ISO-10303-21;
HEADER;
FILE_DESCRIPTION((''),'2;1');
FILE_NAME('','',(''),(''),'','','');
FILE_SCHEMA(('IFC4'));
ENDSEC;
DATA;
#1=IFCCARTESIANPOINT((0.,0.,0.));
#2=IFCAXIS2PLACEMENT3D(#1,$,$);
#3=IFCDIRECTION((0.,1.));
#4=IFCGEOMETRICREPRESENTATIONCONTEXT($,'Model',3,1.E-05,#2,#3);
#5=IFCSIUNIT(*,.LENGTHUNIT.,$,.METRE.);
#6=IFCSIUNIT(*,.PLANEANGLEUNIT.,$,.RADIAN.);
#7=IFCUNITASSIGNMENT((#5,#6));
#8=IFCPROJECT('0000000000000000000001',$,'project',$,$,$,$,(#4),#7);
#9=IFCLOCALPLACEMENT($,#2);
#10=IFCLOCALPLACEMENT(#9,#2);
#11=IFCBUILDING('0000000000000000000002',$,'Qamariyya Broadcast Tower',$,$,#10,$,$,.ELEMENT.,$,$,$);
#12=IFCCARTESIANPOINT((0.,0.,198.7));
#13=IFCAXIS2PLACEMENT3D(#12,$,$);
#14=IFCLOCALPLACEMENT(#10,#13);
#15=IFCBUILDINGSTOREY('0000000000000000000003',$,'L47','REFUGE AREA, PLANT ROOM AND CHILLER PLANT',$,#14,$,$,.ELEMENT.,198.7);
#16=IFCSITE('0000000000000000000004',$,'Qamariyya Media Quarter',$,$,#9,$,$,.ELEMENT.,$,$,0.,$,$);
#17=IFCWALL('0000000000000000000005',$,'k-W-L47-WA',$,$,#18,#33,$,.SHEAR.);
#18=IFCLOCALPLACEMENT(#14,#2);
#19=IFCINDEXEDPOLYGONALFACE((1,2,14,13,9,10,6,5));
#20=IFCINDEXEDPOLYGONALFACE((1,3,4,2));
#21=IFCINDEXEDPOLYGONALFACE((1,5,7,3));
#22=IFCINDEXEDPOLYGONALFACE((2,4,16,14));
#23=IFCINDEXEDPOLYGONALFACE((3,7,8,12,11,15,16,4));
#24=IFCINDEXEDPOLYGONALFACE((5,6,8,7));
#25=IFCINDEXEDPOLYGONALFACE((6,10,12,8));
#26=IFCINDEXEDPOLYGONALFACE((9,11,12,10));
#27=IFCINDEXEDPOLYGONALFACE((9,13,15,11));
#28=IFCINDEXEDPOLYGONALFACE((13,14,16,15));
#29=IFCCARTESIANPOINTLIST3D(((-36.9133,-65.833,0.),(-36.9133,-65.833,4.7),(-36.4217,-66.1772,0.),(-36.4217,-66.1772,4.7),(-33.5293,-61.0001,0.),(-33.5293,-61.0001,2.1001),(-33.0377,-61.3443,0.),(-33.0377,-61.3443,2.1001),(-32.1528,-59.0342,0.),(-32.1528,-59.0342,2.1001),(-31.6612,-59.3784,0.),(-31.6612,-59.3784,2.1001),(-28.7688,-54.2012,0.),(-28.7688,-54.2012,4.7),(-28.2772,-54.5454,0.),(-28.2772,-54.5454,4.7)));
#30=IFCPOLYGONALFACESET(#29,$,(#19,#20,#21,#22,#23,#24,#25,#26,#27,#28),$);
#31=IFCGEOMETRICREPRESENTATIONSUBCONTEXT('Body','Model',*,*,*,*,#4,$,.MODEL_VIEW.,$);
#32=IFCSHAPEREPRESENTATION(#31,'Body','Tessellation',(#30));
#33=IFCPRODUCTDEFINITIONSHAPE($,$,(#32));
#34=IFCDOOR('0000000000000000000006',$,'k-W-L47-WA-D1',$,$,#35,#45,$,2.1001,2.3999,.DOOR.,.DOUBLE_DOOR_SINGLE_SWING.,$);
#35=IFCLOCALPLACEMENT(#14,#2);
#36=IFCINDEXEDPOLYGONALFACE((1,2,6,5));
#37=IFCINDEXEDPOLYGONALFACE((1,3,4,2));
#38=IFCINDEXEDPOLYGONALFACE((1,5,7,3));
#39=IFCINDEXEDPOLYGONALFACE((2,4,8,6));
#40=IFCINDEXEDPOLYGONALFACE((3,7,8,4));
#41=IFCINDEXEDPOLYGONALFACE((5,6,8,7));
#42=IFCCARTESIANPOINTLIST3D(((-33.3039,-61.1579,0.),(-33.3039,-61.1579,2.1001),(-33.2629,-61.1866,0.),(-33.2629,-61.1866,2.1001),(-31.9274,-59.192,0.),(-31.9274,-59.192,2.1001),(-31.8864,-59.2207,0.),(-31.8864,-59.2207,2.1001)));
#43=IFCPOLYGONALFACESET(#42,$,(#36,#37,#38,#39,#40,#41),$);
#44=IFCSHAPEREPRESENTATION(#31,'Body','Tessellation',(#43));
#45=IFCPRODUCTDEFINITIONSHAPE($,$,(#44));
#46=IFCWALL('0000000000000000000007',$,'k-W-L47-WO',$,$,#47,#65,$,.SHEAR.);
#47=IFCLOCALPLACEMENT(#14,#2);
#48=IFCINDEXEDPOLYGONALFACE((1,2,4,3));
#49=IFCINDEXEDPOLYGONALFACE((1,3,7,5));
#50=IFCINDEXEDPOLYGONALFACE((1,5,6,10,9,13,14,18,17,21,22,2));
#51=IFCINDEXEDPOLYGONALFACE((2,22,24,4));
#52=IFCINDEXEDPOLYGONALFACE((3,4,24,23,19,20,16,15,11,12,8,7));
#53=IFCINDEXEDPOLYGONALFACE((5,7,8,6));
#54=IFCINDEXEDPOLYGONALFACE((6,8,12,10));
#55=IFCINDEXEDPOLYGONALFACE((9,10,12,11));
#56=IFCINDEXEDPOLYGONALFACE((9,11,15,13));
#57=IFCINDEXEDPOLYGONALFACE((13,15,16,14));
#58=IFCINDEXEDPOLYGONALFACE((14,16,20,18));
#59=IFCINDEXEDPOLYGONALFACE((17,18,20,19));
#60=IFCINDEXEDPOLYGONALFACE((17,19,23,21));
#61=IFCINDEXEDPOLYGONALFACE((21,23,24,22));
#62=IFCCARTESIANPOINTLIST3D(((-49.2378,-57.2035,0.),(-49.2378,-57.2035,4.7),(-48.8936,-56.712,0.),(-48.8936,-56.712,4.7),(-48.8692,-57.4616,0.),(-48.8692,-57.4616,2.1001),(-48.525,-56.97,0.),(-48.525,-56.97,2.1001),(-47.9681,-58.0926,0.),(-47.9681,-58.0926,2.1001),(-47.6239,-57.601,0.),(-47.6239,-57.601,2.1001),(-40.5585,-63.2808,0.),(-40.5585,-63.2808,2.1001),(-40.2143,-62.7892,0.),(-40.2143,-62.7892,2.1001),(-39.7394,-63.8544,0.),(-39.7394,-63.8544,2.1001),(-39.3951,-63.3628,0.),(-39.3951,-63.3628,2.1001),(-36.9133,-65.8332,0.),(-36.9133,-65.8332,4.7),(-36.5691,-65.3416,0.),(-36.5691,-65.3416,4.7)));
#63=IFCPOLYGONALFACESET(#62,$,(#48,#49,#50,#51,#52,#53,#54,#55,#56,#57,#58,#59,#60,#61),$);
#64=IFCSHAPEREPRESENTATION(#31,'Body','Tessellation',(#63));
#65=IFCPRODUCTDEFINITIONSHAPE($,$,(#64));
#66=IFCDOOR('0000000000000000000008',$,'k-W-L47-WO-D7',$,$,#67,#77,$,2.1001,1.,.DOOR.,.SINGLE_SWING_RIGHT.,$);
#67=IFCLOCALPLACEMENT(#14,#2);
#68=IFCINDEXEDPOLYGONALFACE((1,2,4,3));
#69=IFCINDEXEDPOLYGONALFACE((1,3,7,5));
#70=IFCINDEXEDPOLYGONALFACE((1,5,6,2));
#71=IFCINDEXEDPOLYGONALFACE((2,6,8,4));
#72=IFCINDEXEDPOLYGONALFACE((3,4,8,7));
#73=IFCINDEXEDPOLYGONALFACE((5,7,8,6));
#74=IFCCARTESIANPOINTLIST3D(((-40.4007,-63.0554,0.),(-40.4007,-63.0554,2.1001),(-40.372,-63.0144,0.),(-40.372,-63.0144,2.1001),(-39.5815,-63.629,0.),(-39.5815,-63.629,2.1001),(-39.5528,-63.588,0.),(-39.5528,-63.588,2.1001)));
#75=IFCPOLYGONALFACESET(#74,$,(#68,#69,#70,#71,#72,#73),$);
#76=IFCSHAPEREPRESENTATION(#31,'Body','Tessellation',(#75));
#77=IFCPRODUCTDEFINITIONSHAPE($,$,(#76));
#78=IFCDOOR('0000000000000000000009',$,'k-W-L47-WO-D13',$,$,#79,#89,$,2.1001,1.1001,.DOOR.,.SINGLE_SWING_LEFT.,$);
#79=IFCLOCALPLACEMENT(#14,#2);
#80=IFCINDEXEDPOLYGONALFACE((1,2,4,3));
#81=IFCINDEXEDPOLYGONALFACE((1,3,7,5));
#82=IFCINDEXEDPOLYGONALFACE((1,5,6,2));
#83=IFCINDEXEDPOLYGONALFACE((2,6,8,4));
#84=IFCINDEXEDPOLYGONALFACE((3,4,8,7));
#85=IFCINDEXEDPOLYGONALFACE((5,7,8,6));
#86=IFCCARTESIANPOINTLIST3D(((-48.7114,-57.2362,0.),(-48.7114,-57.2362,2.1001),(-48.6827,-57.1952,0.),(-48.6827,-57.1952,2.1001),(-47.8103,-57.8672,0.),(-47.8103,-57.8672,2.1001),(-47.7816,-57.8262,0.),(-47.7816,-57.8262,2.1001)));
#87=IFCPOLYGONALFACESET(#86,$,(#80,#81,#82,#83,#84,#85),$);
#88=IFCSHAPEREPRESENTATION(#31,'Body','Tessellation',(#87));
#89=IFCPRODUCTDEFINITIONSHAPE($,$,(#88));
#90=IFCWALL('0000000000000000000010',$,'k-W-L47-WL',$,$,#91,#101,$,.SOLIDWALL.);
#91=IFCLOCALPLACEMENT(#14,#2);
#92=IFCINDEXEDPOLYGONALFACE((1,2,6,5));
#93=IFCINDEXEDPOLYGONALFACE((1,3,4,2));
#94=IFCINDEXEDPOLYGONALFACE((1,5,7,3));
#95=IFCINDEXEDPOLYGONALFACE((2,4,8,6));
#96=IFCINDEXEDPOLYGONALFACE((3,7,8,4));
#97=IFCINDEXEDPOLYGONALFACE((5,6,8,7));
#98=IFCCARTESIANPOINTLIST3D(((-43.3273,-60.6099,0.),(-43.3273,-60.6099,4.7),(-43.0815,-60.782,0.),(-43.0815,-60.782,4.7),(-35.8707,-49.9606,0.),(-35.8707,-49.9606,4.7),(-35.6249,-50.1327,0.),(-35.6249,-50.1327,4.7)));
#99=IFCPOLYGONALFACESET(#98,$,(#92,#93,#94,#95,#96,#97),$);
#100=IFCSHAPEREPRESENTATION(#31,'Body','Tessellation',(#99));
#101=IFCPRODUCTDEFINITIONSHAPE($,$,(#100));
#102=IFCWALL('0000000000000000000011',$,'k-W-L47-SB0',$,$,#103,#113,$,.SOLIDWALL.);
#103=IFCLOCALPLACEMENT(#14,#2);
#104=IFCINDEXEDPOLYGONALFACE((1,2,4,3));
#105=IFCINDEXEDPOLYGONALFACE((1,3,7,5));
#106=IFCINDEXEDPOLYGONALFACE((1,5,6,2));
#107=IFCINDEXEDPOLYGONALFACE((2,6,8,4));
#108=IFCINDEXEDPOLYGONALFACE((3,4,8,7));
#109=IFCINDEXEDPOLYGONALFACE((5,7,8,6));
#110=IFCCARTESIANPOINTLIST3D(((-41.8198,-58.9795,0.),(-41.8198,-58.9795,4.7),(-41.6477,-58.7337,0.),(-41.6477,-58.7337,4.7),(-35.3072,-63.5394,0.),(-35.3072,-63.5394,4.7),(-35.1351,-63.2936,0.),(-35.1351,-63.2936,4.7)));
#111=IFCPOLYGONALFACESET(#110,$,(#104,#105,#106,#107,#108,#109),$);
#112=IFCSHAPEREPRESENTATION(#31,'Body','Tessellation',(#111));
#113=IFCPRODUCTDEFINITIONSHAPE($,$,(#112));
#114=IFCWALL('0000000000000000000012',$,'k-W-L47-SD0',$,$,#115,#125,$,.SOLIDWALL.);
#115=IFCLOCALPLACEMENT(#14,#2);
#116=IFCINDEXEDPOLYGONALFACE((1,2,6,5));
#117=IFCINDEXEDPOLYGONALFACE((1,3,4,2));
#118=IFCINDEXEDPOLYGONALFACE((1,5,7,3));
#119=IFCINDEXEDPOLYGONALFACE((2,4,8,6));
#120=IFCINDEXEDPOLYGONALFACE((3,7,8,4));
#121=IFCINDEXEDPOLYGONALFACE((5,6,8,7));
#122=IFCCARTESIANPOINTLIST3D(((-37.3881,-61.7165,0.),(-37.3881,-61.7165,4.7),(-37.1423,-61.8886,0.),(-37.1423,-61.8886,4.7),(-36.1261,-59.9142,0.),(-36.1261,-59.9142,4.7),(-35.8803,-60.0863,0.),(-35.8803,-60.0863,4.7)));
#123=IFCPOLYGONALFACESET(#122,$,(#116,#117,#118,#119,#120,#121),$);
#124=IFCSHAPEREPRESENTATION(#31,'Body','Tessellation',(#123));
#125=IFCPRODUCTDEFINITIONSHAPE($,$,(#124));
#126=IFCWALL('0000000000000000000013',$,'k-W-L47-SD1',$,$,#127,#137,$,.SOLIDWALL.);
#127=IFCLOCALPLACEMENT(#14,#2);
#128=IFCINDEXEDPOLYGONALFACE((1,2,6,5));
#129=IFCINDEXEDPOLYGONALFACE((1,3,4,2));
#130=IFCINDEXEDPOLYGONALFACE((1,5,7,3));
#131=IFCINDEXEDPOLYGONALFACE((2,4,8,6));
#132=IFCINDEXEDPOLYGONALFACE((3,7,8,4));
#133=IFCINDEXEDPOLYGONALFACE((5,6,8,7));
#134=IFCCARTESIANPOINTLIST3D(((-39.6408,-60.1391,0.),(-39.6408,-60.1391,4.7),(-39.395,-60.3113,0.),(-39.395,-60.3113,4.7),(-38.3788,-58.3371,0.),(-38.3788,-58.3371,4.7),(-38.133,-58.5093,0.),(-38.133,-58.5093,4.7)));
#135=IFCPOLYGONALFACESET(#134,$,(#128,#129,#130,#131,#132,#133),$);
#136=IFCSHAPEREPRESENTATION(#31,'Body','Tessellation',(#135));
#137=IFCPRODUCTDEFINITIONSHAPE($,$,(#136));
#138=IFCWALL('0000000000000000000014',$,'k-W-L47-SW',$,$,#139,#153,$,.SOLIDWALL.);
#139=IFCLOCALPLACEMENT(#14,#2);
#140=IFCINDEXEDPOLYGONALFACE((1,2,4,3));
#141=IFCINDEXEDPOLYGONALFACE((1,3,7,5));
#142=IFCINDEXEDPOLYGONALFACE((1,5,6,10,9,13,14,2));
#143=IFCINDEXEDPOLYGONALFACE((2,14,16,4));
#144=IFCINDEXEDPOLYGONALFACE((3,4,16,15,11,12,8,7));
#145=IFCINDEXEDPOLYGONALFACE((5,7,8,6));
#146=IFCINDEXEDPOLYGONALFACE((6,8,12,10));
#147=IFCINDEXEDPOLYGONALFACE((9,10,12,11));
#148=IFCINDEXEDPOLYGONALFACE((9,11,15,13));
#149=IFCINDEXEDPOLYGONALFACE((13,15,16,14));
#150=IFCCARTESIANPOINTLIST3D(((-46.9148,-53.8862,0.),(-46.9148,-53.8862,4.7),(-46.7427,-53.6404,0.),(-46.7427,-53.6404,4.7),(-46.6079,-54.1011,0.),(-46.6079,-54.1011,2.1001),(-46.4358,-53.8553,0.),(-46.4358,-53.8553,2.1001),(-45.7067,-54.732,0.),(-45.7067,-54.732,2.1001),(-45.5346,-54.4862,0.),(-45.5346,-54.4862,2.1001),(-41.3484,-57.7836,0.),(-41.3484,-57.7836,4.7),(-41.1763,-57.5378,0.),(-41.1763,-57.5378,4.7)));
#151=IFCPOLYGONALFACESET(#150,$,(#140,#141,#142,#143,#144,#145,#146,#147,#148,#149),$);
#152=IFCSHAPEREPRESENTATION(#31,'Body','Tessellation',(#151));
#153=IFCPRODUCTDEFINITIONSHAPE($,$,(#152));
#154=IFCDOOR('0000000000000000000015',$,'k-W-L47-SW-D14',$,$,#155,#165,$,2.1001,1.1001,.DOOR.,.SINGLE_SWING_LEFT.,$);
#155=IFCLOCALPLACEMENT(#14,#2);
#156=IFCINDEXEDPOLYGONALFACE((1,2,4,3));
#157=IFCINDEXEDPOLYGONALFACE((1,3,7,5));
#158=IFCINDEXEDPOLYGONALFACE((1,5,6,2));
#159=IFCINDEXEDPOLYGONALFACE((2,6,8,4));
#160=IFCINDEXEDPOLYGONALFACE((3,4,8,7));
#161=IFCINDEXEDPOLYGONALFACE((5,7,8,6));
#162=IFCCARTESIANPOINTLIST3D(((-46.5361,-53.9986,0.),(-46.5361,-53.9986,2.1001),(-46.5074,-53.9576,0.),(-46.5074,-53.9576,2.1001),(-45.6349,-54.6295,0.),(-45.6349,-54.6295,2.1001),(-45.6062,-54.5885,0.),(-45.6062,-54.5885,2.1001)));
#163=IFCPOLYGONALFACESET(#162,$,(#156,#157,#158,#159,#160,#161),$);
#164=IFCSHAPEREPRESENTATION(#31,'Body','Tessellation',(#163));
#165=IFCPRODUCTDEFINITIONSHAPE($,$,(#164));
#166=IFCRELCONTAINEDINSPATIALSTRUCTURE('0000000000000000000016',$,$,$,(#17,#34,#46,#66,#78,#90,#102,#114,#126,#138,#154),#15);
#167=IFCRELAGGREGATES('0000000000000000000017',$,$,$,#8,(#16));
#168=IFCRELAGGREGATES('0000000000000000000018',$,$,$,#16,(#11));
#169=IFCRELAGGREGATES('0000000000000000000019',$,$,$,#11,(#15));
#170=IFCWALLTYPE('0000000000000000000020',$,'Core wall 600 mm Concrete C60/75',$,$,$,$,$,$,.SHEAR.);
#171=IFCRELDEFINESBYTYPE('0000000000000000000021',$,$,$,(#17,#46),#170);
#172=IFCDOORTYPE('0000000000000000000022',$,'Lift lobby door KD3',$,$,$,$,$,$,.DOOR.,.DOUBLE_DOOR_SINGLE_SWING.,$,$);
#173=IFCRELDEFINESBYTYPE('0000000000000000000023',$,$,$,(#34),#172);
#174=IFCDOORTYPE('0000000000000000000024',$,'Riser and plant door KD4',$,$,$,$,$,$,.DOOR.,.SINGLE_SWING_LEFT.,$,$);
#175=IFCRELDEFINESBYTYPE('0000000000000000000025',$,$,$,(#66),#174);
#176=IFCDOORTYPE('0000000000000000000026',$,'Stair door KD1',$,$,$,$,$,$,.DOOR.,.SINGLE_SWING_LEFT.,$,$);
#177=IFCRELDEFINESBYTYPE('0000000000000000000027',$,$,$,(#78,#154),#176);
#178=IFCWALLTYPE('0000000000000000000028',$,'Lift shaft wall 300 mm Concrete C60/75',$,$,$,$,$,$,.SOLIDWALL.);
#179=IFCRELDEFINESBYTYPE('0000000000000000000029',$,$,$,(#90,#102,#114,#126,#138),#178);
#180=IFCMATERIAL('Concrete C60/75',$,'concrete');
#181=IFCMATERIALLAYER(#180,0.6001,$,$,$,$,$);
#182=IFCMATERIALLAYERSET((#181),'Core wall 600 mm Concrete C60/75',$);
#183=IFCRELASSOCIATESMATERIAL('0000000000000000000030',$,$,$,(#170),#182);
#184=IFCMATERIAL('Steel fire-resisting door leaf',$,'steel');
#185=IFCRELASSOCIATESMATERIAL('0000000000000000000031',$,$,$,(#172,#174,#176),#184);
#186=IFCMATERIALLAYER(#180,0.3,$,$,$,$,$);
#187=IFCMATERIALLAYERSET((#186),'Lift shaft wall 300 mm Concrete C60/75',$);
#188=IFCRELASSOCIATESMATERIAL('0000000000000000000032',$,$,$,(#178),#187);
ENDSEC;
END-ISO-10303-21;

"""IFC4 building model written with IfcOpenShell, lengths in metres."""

from ifc_helpers import new_model, si_unit, direction, frame, frame_2d, origin, place, context, subcontext, project, spatial, rectangle, extrude, material, layer, layer_set, type_object, element, fill, save


model = new_model("IFC4")

# Units and contexts
model_context = context("Model", 3, precision=1e-05, world=origin(), true_north=direction((0.0, 1.0)))
body_context = subcontext(model_context, "Body", "Model", "MODEL_VIEW")
ifc_project = project(units=[si_unit("LENGTHUNIT", "METRE"), si_unit("PLANEANGLEUNIT", "RADIAN")], contexts=[model_context])

# Site, building, storey
site_placement = place(None, origin())
site = spatial("IfcSite", under=ifc_project, at=site_placement, Name="Qamariyya Media Quarter", CompositionType="ELEMENT", RefElevation=0.0)
building_placement = place(site_placement, origin())
building = spatial("IfcBuilding", under=site, at=building_placement, Name="Qamariyya Broadcast Tower", CompositionType="ELEMENT")
storey_placement = place(building_placement, frame((0.0, 0.0, 198.7)))
storey = spatial("IfcBuildingStorey", under=building, at=storey_placement, Name="L47", Description="REFUGE AREA, PLANT ROOM AND CHILLER PLANT", CompositionType="ELEMENT", Elevation=198.7)

# Shared definitions
ifc_material_1 = material(Name="Concrete C60/75", Category="concrete")

# Wall, opening, door
ifc_layer_1 = layer(ifc_material_1, 0.6001)
ifc_layer_set_1 = layer_set([ifc_layer_1], Name="Core wall 600 mm Concrete C60/75")
wall_type_1 = type_object("IfcWallType", Name="Core wall 600 mm Concrete C60/75", PredefinedType="SHEAR", material=ifc_layer_set_1)
wall_1_placement = place(storey_placement, frame((-36.6675, -66.0051, 0.0), z_axis=(0.0, 0.0, 1.0), x_axis=(0.573568, 0.819158, 0.0)))
wall_1 = element("IfcWall", 1, at=wall_1_placement, inside=storey, type_object=wall_type_1, Name="k-W-L47-WA", PredefinedType="SHEAR", context=body_context, shape_type="SweptSolid", body=[
    extrude(rectangle(XDim=14.1997, YDim=0.6001, at=frame_2d((7.0999, 0.0))), origin(), (0.0, 0.0, 1.0), 4.7),
])
opening_1_placement = place(wall_1_placement, frame((5.8999, 0.0, 0.0)))
opening_1 = element("IfcOpeningElement", 2, at=opening_1_placement, cuts=wall_1, PredefinedType="OPENING", context=body_context, shape_type="SweptSolid", body=[
    extrude(rectangle(XDim=2.3999, YDim=2.1001, at=frame_2d((1.2, 1.05))), frame((0.0, 0.3101, 0.0), z_axis=(0.0, -1.0, 0.0), x_axis=(1.0, 0.0, 0.0)), (0.0, 0.0, 1.0), 0.6201),
])
ifc_material_2 = material(Name="Steel fire-resisting door leaf", Category="steel")
door_type_1 = type_object("IfcDoorType", Name="Lift lobby door KD3", OperationType="DOUBLE_DOOR_SINGLE_SWING", PredefinedType="DOOR", material=ifc_material_2)
door_1_placement = place(opening_1_placement, origin())
door_1 = element("IfcDoor", 3, at=door_1_placement, inside=storey, type_object=door_type_1, Name="k-W-L47-WA-D1", OperationType="DOUBLE_DOOR_SINGLE_SWING", OverallHeight=2.1001, OverallWidth=2.3999, PredefinedType="DOOR", context=body_context, shape_type="SweptSolid", body=[
    extrude(rectangle(XDim=2.3999, YDim=2.1001, at=frame_2d((1.2, 1.05))), frame((0.0, 0.0249, 0.0), z_axis=(0.0, -1.0, 0.0), x_axis=(1.0, 0.0, 0.0)), (0.0, 0.0, 1.0), 0.05),
])
fill(opening_1, door_1)

# Wall, openings, doors
wall_2_placement = place(storey_placement, frame((-36.7412, -65.5874, 0.0), z_axis=(0.0, 0.0, 1.0), x_axis=(-0.819153, 0.573575, 0.0)))
wall_2 = element("IfcWall", 4, at=wall_2_placement, inside=storey, type_object=wall_type_1, Name="k-W-L47-WO", PredefinedType="SHEAR", context=body_context, shape_type="SweptSolid", body=[
    extrude(rectangle(XDim=15.0454, YDim=0.6001, at=frame_2d((7.5227, 0.0))), origin(), (0.0, 0.0, 1.0), 4.7),
])
opening_2_placement = place(wall_2_placement, frame((3.45, 0.0, 0.0)))
opening_2 = element("IfcOpeningElement", 5, at=opening_2_placement, cuts=wall_2, PredefinedType="OPENING", context=body_context, shape_type="SweptSolid", body=[
    extrude(rectangle(XDim=1.0, YDim=2.1001, at=frame_2d((0.5, 1.05))), frame((0.0, 0.3101, 0.0), z_axis=(0.0, -1.0, 0.0), x_axis=(1.0, 0.0, 0.0)), (0.0, 0.0, 1.0), 0.6201),
])
opening_3_placement = place(wall_2_placement, frame((13.4954, 0.0, 0.0)))
opening_3 = element("IfcOpeningElement", 6, at=opening_3_placement, cuts=wall_2, PredefinedType="OPENING", context=body_context, shape_type="SweptSolid", body=[
    extrude(rectangle(XDim=1.1001, YDim=2.1001, at=frame_2d((0.55, 1.05))), frame((0.0, 0.3101, 0.0), z_axis=(0.0, -1.0, 0.0), x_axis=(1.0, 0.0, 0.0)), (0.0, 0.0, 1.0), 0.6201),
])
door_type_2 = type_object("IfcDoorType", Name="Riser and plant door KD4", OperationType="SINGLE_SWING_LEFT", PredefinedType="DOOR", material=ifc_material_2)
door_2_placement = place(opening_2_placement, origin())
door_2 = element("IfcDoor", 7, at=door_2_placement, inside=storey, type_object=door_type_2, Name="k-W-L47-WO-D7", OperationType="SINGLE_SWING_RIGHT", OverallHeight=2.1001, OverallWidth=1.0, PredefinedType="DOOR", context=body_context, shape_type="SweptSolid", body=[
    extrude(rectangle(XDim=1.0, YDim=2.1001, at=frame_2d((0.5, 1.05))), frame((0.0, 0.0249, 0.0), z_axis=(0.0, -1.0, 0.0), x_axis=(1.0, 0.0, 0.0)), (0.0, 0.0, 1.0), 0.05),
])
fill(opening_2, door_2)
door_type_3 = type_object("IfcDoorType", Name="Stair door KD1", OperationType="SINGLE_SWING_LEFT", PredefinedType="DOOR", material=ifc_material_2)
door_3_placement = place(opening_3_placement, origin())
door_3 = element("IfcDoor", 8, at=door_3_placement, inside=storey, type_object=door_type_3, Name="k-W-L47-WO-D13", OperationType="SINGLE_SWING_LEFT", OverallHeight=2.1001, OverallWidth=1.1001, PredefinedType="DOOR", context=body_context, shape_type="SweptSolid", body=[
    extrude(rectangle(XDim=1.1001, YDim=2.1001, at=frame_2d((0.55, 1.05))), frame((0.0, 0.0249, 0.0), z_axis=(0.0, -1.0, 0.0), x_axis=(1.0, 0.0, 0.0)), (0.0, 0.0, 1.0), 0.05),
])
fill(opening_3, door_3)

# Walls
ifc_layer_2 = layer(ifc_material_1, 0.3)
ifc_layer_set_2 = layer_set([ifc_layer_2], Name="Lift shaft wall 300 mm Concrete C60/75")
wall_type_2 = type_object("IfcWallType", Name="Lift shaft wall 300 mm Concrete C60/75", PredefinedType="SOLIDWALL", material=ifc_layer_set_2)
wall_3_placement = place(storey_placement, frame((-43.2043, -60.6958, 0.0), z_axis=(0.0, 0.0, 1.0), x_axis=(0.573572, 0.819155, 0.0)))
element("IfcWall", 9, at=wall_3_placement, inside=storey, type_object=wall_type_2, Name="k-W-L47-WL", PredefinedType="SOLIDWALL", context=body_context, shape_type="SweptSolid", body=[
    extrude(rectangle(XDim=13.0002, YDim=0.3, at=frame_2d((6.5, 0.0))), origin(), (0.0, 0.0, 1.0), 4.7),
])
wall_4_placement = place(storey_placement, frame((-35.2212, -63.4165, 0.0), z_axis=(0.0, 0.0, 1.0), x_axis=(-0.819167, 0.573555, 0.0)))
element("IfcWall", 10, at=wall_4_placement, inside=storey, type_object=wall_type_2, Name="k-W-L47-SB0", PredefinedType="SOLIDWALL", context=body_context, shape_type="SweptSolid", body=[
    extrude(rectangle(XDim=7.9502, YDim=0.3, at=frame_2d((3.9751, 0.0))), origin(), (0.0, 0.0, 1.0), 4.7),
])
wall_5_placement = place(storey_placement, frame((-36.0032, -60.0002, 0.0), z_axis=(0.0, 0.0, 1.0), x_axis=(-0.573581, -0.819149, 0.0)))
element("IfcWall", 11, at=wall_5_placement, inside=storey, type_object=wall_type_2, Name="k-W-L47-SD0", PredefinedType="SOLIDWALL", context=body_context, shape_type="SweptSolid", body=[
    extrude(rectangle(XDim=2.2002, YDim=0.3, at=frame_2d((1.1001, 0.0))), origin(), (0.0, 0.0, 1.0), 4.7),
])
wall_6_placement = place(storey_placement, frame((-38.2559, -58.4231, 0.0), z_axis=(0.0, 0.0, 1.0), x_axis=(-0.573634, -0.819112, 0.0)))
element("IfcWall", 12, at=wall_6_placement, inside=storey, type_object=wall_type_2, Name="k-W-L47-SD1", PredefinedType="SOLIDWALL", context=body_context, shape_type="SweptSolid", body=[
    extrude(rectangle(XDim=2.2, YDim=0.3, at=frame_2d((1.1001, 0.0))), origin(), (0.0, 0.0, 1.0), 4.7),
])

# Wall, opening, door
wall_7_placement = place(storey_placement, frame((-41.2625, -57.6606, 0.0), z_axis=(0.0, 0.0, 1.0), x_axis=(-0.819164, 0.573559, 0.0)))
wall_7 = element("IfcWall", 13, at=wall_7_placement, inside=storey, type_object=wall_type_2, Name="k-W-L47-SW", PredefinedType="SOLIDWALL", context=body_context, shape_type="SweptSolid", body=[
    extrude(rectangle(XDim=6.7952, YDim=0.3, at=frame_2d((3.3975, 0.0))), origin(), (0.0, 0.0, 1.0), 4.7),
])
opening_4_placement = place(wall_7_placement, frame((5.3203, 0.0, 0.0)))
opening_4 = element("IfcOpeningElement", 14, at=opening_4_placement, cuts=wall_7, PredefinedType="OPENING", context=body_context, shape_type="SweptSolid", body=[
    extrude(rectangle(XDim=1.1001, YDim=2.1001, at=frame_2d((0.55, 1.05))), frame((0.0, 0.1599, 0.0), z_axis=(0.0, -1.0, 0.0), x_axis=(1.0, 0.0, 0.0)), (0.0, 0.0, 1.0), 0.3201),
])
door_4_placement = place(opening_4_placement, origin())
door_4 = element("IfcDoor", 15, at=door_4_placement, inside=storey, type_object=door_type_3, Name="k-W-L47-SW-D14", OperationType="SINGLE_SWING_LEFT", OverallHeight=2.1001, OverallWidth=1.1001, PredefinedType="DOOR", context=body_context, shape_type="SweptSolid", body=[
    extrude(rectangle(XDim=1.1001, YDim=2.1001, at=frame_2d((0.55, 1.05))), frame((0.0, 0.0249, 0.0), z_axis=(0.0, -1.0, 0.0), x_axis=(1.0, 0.0, 0.0)), (0.0, 0.0, 1.0), 0.05),
])
fill(opening_4, door_4)

save(model, "model.ifc")
